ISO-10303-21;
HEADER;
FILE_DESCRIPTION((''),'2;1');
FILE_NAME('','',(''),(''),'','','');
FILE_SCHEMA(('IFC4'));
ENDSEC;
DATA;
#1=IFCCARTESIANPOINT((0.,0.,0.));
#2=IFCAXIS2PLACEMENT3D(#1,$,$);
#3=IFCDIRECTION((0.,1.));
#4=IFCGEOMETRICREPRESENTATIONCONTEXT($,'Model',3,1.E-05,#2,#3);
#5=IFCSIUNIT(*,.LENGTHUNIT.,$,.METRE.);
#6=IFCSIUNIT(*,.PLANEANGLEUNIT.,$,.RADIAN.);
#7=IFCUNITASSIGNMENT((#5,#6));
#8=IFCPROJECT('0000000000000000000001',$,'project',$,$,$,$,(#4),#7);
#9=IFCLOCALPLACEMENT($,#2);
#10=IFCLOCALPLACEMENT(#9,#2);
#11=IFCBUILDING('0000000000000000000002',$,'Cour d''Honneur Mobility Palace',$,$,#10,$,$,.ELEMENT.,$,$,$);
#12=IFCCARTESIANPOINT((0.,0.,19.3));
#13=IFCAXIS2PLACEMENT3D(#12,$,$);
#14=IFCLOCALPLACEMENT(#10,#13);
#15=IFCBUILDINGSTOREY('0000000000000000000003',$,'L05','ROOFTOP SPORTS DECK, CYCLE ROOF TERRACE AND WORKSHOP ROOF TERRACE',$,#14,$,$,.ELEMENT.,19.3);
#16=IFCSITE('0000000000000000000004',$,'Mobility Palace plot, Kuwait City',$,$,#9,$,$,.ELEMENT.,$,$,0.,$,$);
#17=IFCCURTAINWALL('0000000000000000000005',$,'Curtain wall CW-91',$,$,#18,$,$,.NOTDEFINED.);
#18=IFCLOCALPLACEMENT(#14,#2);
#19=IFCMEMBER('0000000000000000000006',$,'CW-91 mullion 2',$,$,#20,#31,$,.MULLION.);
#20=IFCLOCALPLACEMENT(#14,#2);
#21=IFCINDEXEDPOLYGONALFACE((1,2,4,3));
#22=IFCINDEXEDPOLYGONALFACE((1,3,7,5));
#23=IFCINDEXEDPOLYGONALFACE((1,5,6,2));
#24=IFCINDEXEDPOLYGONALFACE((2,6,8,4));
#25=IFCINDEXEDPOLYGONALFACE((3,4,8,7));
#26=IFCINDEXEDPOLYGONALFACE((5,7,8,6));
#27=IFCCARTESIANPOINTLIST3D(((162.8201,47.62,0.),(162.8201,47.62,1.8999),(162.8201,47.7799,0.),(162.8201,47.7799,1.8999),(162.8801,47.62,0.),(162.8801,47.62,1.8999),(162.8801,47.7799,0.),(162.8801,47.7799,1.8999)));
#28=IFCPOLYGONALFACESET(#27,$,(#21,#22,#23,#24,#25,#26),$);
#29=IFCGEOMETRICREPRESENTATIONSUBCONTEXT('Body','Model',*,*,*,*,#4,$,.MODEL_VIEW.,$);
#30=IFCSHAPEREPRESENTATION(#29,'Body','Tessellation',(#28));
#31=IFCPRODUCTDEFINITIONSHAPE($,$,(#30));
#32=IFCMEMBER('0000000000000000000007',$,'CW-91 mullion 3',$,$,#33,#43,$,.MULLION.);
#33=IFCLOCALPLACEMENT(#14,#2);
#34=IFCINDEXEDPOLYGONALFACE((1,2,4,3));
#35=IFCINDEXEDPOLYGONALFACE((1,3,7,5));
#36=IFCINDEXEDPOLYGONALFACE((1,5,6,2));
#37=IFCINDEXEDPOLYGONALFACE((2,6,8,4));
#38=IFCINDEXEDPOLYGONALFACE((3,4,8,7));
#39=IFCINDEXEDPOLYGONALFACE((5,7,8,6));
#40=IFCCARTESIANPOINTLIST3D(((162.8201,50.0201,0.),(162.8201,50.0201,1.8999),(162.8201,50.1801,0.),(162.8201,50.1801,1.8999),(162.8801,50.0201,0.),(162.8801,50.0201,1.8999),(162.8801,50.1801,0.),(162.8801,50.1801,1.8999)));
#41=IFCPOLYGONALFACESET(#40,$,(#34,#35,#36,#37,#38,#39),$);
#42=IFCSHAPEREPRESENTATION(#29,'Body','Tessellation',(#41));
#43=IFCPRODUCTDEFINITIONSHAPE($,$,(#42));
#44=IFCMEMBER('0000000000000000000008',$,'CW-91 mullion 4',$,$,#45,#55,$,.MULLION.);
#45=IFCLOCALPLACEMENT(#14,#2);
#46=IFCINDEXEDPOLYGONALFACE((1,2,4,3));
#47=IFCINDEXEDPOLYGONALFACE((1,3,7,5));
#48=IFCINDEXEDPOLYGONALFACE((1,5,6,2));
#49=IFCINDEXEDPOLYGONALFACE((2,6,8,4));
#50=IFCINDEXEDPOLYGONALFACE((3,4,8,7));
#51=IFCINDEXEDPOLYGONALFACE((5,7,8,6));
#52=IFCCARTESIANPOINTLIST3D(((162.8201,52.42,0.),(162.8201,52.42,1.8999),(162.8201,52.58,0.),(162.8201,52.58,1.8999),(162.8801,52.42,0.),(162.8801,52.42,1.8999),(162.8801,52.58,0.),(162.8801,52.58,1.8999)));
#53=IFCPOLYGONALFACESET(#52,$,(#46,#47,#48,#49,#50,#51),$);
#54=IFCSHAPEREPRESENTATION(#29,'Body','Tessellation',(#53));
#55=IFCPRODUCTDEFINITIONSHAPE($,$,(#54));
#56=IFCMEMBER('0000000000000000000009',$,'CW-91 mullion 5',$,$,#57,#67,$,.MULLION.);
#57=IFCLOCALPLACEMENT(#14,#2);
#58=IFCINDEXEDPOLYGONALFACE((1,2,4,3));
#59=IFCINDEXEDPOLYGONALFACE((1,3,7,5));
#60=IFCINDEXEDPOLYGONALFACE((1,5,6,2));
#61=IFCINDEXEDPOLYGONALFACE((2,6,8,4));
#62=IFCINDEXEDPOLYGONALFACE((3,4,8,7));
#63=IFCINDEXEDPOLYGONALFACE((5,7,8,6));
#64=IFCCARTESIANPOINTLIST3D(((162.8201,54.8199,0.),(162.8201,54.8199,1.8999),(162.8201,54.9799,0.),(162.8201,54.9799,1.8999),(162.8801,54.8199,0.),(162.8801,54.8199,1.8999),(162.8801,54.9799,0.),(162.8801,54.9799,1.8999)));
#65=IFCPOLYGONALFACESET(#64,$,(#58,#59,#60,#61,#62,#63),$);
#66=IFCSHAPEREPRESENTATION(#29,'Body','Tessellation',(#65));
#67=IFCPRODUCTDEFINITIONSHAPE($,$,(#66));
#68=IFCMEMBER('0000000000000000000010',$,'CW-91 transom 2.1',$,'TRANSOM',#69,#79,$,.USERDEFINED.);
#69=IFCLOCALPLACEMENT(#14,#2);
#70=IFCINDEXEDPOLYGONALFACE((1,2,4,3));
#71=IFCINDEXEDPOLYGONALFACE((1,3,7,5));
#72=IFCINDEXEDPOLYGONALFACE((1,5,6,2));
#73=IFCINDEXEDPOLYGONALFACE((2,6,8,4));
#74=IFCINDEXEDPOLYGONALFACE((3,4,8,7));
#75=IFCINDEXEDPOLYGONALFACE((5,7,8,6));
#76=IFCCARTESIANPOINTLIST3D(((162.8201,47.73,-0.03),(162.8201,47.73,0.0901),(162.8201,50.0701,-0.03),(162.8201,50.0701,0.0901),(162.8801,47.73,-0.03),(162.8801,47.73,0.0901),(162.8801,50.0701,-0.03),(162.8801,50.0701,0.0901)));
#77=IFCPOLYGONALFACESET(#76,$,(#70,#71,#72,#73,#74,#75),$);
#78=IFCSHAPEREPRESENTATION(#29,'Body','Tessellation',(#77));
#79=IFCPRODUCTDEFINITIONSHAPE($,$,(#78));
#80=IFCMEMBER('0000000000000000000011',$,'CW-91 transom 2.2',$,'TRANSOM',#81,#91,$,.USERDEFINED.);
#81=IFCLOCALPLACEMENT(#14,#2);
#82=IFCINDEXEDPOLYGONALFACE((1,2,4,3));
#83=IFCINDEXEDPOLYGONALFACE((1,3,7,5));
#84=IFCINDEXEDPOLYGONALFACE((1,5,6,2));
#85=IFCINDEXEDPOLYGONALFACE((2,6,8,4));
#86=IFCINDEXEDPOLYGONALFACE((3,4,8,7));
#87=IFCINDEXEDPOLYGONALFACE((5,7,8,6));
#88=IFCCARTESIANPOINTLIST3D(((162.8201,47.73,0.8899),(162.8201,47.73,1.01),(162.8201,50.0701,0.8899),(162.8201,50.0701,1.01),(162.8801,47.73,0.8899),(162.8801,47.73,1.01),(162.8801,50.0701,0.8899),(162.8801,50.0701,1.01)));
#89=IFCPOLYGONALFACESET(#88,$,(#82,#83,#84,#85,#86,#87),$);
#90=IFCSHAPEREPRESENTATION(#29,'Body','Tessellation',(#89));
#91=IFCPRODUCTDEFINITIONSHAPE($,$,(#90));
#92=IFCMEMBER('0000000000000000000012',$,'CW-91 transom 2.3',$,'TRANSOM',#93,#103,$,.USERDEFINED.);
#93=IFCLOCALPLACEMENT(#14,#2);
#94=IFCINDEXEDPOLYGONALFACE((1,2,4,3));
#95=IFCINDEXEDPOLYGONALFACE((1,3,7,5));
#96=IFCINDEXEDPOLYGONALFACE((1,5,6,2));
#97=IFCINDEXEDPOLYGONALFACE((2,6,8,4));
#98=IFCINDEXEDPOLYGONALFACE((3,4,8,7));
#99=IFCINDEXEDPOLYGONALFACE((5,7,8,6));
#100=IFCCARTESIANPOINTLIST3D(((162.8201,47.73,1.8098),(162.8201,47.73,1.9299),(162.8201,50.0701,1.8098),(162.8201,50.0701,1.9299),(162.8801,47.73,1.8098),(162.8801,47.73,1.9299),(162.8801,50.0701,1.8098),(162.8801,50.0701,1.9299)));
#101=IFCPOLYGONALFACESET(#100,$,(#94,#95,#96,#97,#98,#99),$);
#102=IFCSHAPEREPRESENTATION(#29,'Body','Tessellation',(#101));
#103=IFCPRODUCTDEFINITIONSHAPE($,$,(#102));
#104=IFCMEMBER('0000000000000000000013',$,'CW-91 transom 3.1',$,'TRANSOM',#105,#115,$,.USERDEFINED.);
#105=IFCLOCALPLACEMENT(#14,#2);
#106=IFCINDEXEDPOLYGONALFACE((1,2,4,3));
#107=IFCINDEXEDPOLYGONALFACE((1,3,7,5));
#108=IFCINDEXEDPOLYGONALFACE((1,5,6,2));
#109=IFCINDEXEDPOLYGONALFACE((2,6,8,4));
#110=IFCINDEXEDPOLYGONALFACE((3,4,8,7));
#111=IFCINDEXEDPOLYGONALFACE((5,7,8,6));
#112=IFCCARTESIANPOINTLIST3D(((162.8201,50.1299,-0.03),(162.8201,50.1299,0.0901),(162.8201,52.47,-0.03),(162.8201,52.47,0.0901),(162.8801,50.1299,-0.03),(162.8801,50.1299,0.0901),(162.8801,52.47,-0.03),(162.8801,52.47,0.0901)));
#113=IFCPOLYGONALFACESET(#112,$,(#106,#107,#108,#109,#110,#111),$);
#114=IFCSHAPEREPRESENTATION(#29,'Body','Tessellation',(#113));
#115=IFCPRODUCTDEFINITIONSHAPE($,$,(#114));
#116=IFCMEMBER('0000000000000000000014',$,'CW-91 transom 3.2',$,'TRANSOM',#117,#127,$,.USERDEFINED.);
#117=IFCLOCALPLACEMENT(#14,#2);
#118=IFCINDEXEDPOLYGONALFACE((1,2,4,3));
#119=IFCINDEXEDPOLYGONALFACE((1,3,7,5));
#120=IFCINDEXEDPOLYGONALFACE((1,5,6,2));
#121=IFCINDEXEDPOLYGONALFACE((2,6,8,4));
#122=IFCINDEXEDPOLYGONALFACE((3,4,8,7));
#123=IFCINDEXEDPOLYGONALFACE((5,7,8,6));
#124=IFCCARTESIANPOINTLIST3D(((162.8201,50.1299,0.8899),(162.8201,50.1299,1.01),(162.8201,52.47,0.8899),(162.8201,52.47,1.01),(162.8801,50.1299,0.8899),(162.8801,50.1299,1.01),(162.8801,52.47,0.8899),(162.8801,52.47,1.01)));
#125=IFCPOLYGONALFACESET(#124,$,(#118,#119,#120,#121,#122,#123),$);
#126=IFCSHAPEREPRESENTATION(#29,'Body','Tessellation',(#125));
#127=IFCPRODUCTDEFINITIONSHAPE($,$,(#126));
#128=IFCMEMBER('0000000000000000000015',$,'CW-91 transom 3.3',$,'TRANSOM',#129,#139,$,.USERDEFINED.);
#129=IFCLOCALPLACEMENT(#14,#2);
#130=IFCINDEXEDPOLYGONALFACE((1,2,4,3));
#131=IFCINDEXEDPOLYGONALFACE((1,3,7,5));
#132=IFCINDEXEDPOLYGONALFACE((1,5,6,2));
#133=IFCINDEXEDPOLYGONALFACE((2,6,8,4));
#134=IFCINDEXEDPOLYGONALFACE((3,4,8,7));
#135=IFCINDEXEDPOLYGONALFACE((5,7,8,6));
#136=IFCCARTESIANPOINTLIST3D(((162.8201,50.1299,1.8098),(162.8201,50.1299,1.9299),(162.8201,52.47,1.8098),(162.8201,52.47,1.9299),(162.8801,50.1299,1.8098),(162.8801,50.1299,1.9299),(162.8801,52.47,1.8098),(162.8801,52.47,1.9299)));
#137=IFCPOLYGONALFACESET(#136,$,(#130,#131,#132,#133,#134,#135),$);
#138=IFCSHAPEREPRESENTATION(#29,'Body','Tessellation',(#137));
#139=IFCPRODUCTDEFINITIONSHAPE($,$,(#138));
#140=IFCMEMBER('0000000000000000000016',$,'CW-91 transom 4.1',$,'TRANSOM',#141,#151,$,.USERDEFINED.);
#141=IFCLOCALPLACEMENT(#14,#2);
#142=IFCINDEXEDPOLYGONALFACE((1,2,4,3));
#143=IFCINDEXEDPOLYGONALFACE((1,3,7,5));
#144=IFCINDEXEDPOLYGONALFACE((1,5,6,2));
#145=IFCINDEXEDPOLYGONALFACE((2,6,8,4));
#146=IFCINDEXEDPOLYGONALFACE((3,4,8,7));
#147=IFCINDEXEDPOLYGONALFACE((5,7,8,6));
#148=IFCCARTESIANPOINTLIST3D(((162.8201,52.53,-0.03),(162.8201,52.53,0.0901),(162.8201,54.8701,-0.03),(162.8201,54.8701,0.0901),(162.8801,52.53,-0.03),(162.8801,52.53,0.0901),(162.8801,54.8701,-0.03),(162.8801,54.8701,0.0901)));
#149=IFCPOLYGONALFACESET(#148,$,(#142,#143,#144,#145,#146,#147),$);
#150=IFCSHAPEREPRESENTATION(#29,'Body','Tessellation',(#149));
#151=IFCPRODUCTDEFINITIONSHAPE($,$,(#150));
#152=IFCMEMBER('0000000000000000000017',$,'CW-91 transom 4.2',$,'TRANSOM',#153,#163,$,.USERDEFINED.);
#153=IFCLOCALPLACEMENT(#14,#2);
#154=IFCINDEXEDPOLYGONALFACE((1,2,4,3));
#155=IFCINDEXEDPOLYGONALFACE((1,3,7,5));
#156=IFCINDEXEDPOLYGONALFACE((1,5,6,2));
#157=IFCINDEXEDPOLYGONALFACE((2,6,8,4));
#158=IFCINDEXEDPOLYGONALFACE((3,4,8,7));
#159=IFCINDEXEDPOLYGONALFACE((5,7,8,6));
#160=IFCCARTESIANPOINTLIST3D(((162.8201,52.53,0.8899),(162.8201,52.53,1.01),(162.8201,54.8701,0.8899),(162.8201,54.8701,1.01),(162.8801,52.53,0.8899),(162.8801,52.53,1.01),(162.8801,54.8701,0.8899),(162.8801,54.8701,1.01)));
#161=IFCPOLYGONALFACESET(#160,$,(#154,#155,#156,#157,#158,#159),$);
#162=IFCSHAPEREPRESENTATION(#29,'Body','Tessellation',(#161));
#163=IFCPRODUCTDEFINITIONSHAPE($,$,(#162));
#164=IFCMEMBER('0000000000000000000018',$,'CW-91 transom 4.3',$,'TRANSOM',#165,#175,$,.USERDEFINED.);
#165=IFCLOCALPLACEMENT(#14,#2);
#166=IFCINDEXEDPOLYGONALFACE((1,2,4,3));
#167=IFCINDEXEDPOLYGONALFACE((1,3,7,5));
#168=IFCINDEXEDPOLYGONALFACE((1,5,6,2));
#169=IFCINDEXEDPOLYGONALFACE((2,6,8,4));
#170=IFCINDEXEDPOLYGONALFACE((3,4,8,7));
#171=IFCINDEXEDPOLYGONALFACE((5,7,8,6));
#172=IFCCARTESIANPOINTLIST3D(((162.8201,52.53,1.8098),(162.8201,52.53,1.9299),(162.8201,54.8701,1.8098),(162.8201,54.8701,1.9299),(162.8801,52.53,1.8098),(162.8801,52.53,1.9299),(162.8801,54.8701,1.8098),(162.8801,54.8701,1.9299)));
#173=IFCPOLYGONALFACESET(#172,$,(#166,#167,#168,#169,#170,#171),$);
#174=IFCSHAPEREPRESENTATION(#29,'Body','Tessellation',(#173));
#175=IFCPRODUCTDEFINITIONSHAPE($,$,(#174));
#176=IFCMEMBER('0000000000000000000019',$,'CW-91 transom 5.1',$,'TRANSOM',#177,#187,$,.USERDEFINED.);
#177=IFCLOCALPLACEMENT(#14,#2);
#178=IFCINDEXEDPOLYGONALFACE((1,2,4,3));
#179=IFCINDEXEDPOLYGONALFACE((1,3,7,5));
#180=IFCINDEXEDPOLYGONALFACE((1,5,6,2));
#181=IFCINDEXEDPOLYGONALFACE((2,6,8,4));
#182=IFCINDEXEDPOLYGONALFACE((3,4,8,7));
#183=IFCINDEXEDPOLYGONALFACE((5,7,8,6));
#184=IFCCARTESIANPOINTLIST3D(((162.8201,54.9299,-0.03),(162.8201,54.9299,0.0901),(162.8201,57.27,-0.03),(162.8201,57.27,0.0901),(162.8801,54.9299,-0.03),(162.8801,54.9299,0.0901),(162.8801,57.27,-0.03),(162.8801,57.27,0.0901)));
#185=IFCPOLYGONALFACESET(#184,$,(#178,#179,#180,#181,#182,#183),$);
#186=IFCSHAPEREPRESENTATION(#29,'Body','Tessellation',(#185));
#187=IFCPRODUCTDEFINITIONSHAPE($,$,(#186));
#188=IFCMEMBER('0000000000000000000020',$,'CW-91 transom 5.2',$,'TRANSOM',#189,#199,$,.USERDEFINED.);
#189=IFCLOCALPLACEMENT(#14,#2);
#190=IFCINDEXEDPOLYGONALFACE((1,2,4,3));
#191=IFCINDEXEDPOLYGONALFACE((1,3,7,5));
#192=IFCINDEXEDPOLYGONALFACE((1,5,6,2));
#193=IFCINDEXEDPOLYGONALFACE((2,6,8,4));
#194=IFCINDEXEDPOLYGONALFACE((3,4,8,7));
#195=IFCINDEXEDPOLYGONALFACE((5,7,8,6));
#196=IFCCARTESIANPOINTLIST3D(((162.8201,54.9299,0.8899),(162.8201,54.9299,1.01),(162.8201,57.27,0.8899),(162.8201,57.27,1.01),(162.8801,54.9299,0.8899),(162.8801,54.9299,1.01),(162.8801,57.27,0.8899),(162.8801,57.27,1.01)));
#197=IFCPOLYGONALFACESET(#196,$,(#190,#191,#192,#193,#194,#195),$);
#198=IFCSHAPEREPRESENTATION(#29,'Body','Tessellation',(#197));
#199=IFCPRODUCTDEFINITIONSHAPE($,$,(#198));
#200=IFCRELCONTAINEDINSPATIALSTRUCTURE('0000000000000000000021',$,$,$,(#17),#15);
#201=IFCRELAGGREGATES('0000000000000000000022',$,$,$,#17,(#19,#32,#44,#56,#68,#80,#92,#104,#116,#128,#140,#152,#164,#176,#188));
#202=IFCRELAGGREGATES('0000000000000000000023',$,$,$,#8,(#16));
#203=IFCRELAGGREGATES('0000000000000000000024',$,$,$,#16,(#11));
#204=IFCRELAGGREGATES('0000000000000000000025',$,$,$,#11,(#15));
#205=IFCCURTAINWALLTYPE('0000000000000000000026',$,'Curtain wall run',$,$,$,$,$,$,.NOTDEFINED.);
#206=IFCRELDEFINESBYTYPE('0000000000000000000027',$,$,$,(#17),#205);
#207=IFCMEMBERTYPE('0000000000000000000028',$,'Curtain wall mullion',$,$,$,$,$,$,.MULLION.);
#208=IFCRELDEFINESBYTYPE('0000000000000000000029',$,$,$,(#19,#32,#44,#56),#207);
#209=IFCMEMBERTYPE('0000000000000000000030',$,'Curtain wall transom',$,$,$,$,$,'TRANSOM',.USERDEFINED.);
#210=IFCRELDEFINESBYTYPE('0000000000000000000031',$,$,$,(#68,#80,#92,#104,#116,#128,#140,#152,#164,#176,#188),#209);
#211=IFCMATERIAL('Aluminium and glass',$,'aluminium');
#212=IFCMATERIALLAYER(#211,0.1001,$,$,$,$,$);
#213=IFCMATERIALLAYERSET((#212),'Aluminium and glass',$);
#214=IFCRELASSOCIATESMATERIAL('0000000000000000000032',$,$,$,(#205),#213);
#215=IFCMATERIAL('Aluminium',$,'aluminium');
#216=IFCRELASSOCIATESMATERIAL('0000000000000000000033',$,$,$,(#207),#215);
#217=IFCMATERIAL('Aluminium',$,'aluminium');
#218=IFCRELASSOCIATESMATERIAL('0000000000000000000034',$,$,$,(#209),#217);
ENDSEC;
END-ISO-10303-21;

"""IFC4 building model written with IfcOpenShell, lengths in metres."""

from ifc_helpers import new_model, si_unit, direction, frame, origin, origin_2d, place, context, subcontext, project, spatial, rectangle, extrude, material, layer, layer_set, material_profile, profile_set, type_object, element, aggregate, save


model = new_model("IFC4")

# Units and contexts
model_context = context("Model", 3, precision=1e-05, world=origin(), true_north=direction((0.0, 1.0)))
body_context = subcontext(model_context, "Body", "Model", "MODEL_VIEW")
ifc_project = project(units=[si_unit("LENGTHUNIT", "METRE"), si_unit("PLANEANGLEUNIT", "RADIAN")], contexts=[model_context])

# Site, building, storey
site_placement = place(None, origin())
site = spatial("IfcSite", under=ifc_project, at=site_placement, Name="Mobility Palace plot, Kuwait City", CompositionType="ELEMENT", RefElevation=0.0)
building_placement = place(site_placement, origin())
building = spatial("IfcBuilding", under=site, at=building_placement, Name="Cour d'Honneur Mobility Palace", CompositionType="ELEMENT")
storey_placement = place(building_placement, frame((0.0, 0.0, 19.3)))
storey = spatial("IfcBuildingStorey", under=building, at=storey_placement, Name="L05", Description="ROOFTOP SPORTS DECK, CYCLE ROOF TERRACE AND WORKSHOP ROOF TERRACE", CompositionType="ELEMENT", Elevation=19.3)

# Curtain wall, members
ifc_material_1 = material(Name="Aluminium and glass", Category="aluminium")
ifc_layer_1 = layer(ifc_material_1, 0.1001)
ifc_layer_set_1 = layer_set([ifc_layer_1], Name="Aluminium and glass")
curtain_wall_type = type_object("IfcCurtainWallType", Name="Curtain wall run", PredefinedType="NOTDEFINED", material=ifc_layer_set_1)
curtain_wall_placement = place(storey_placement, origin())
curtain_wall = element("IfcCurtainWall", 1, at=curtain_wall_placement, inside=storey, type_object=curtain_wall_type, Name="Curtain wall CW-91", PredefinedType="NOTDEFINED")
ifc_material_2 = material(Name="Aluminium", Category="aluminium")
ifc_material_profile_1 = material_profile(ifc_material_2, rectangle(XDim=0.0601, YDim=0.1599, at=origin_2d()), Name="Curtain wall mullion")
ifc_profile_set_1 = profile_set([ifc_material_profile_1], Name="Aluminium")
member_type_1 = type_object("IfcMemberType", Name="Curtain wall mullion", PredefinedType="MULLION", material=ifc_profile_set_1)
member_1_placement = place(storey_placement, frame((162.8501, 47.7, 0.0), z_axis=(0.0, 0.0, 1.0), x_axis=(-1.0, 0.0, 0.0)))
member_1 = element("IfcMember", 2, at=member_1_placement, type_object=member_type_1, Name="CW-91 mullion 2", PredefinedType="MULLION", context=body_context, shape_type="SweptSolid", body=[
    extrude(rectangle(XDim=0.0601, YDim=0.1599, at=origin_2d()), origin(), (0.0, 0.0, 1.0), 1.8999),
])
member_2_placement = place(storey_placement, frame((162.8501, 50.1001, 0.0), z_axis=(0.0, 0.0, 1.0), x_axis=(-1.0, 0.0, 0.0)))
member_2 = element("IfcMember", 3, at=member_2_placement, type_object=member_type_1, Name="CW-91 mullion 3", PredefinedType="MULLION", context=body_context, shape_type="SweptSolid", body=[
    extrude(rectangle(XDim=0.0601, YDim=0.1599, at=origin_2d()), origin(), (0.0, 0.0, 1.0), 1.8999),
])
member_3_placement = place(storey_placement, frame((162.8501, 52.5, 0.0), z_axis=(0.0, 0.0, 1.0), x_axis=(-1.0, 0.0, 0.0)))
member_3 = element("IfcMember", 4, at=member_3_placement, type_object=member_type_1, Name="CW-91 mullion 4", PredefinedType="MULLION", context=body_context, shape_type="SweptSolid", body=[
    extrude(rectangle(XDim=0.0601, YDim=0.1599, at=origin_2d()), origin(), (0.0, 0.0, 1.0), 1.8999),
])
member_4_placement = place(storey_placement, frame((162.8501, 54.8999, 0.0), z_axis=(0.0, 0.0, 1.0), x_axis=(-1.0, 0.0, 0.0)))
member_4 = element("IfcMember", 5, at=member_4_placement, type_object=member_type_1, Name="CW-91 mullion 5", PredefinedType="MULLION", context=body_context, shape_type="SweptSolid", body=[
    extrude(rectangle(XDim=0.0601, YDim=0.1599, at=origin_2d()), origin(), (0.0, 0.0, 1.0), 1.8999),
])
ifc_material_3 = material(Name="Aluminium", Category="aluminium")
ifc_material_profile_2 = material_profile(ifc_material_3, rectangle(XDim=0.0601, YDim=0.1201, at=origin_2d()), Name="Curtain wall transom")
ifc_profile_set_2 = profile_set([ifc_material_profile_2], Name="Aluminium")
member_type_2 = type_object("IfcMemberType", Name="Curtain wall transom", ElementType="TRANSOM", PredefinedType="USERDEFINED", material=ifc_profile_set_2)
member_5_placement = place(storey_placement, frame((162.8501, 47.73, 0.03), z_axis=(0.0, 1.0, 0.0), x_axis=(-1.0, 0.0, 0.0)))
member_5 = element("IfcMember", 6, at=member_5_placement, type_object=member_type_2, Name="CW-91 transom 2.1", ObjectType="TRANSOM", PredefinedType="USERDEFINED", context=body_context, shape_type="SweptSolid", body=[
    extrude(rectangle(XDim=0.0601, YDim=0.1201, at=origin_2d()), origin(), (0.0, 0.0, 1.0), 2.3401),
])
member_6_placement = place(storey_placement, frame((162.8501, 47.73, 0.95), z_axis=(0.0, 1.0, 0.0), x_axis=(-1.0, 0.0, 0.0)))
member_6 = element("IfcMember", 7, at=member_6_placement, type_object=member_type_2, Name="CW-91 transom 2.2", ObjectType="TRANSOM", PredefinedType="USERDEFINED", context=body_context, shape_type="SweptSolid", body=[
    extrude(rectangle(XDim=0.0601, YDim=0.1201, at=origin_2d()), origin(), (0.0, 0.0, 1.0), 2.3401),
])
member_7_placement = place(storey_placement, frame((162.8501, 47.73, 1.8699), z_axis=(0.0, 1.0, 0.0), x_axis=(-1.0, 0.0, 0.0)))
member_7 = element("IfcMember", 8, at=member_7_placement, type_object=member_type_2, Name="CW-91 transom 2.3", ObjectType="TRANSOM", PredefinedType="USERDEFINED", context=body_context, shape_type="SweptSolid", body=[
    extrude(rectangle(XDim=0.0601, YDim=0.1201, at=origin_2d()), origin(), (0.0, 0.0, 1.0), 2.3401),
])
member_8_placement = place(storey_placement, frame((162.8501, 50.1299, 0.03), z_axis=(0.0, 1.0, 0.0), x_axis=(-1.0, 0.0, 0.0)))
member_8 = element("IfcMember", 9, at=member_8_placement, type_object=member_type_2, Name="CW-91 transom 3.1", ObjectType="TRANSOM", PredefinedType="USERDEFINED", context=body_context, shape_type="SweptSolid", body=[
    extrude(rectangle(XDim=0.0601, YDim=0.1201, at=origin_2d()), origin(), (0.0, 0.0, 1.0), 2.3401),
])
member_9_placement = place(storey_placement, frame((162.8501, 50.1299, 0.95), z_axis=(0.0, 1.0, 0.0), x_axis=(-1.0, 0.0, 0.0)))
member_9 = element("IfcMember", 10, at=member_9_placement, type_object=member_type_2, Name="CW-91 transom 3.2", ObjectType="TRANSOM", PredefinedType="USERDEFINED", context=body_context, shape_type="SweptSolid", body=[
    extrude(rectangle(XDim=0.0601, YDim=0.1201, at=origin_2d()), origin(), (0.0, 0.0, 1.0), 2.3401),
])
member_10_placement = place(storey_placement, frame((162.8501, 50.1299, 1.8699), z_axis=(0.0, 1.0, 0.0), x_axis=(-1.0, 0.0, 0.0)))
member_10 = element("IfcMember", 11, at=member_10_placement, type_object=member_type_2, Name="CW-91 transom 3.3", ObjectType="TRANSOM", PredefinedType="USERDEFINED", context=body_context, shape_type="SweptSolid", body=[
    extrude(rectangle(XDim=0.0601, YDim=0.1201, at=origin_2d()), origin(), (0.0, 0.0, 1.0), 2.3401),
])
member_11_placement = place(storey_placement, frame((162.8501, 52.53, 0.03), z_axis=(0.0, 1.0, 0.0), x_axis=(-1.0, 0.0, 0.0)))
member_11 = element("IfcMember", 12, at=member_11_placement, type_object=member_type_2, Name="CW-91 transom 4.1", ObjectType="TRANSOM", PredefinedType="USERDEFINED", context=body_context, shape_type="SweptSolid", body=[
    extrude(rectangle(XDim=0.0601, YDim=0.1201, at=origin_2d()), origin(), (0.0, 0.0, 1.0), 2.3401),
])
member_12_placement = place(storey_placement, frame((162.8501, 52.53, 0.95), z_axis=(0.0, 1.0, 0.0), x_axis=(-1.0, 0.0, 0.0)))
member_12 = element("IfcMember", 13, at=member_12_placement, type_object=member_type_2, Name="CW-91 transom 4.2", ObjectType="TRANSOM", PredefinedType="USERDEFINED", context=body_context, shape_type="SweptSolid", body=[
    extrude(rectangle(XDim=0.0601, YDim=0.1201, at=origin_2d()), origin(), (0.0, 0.0, 1.0), 2.3401),
])
member_13_placement = place(storey_placement, frame((162.8501, 52.53, 1.8699), z_axis=(0.0, 1.0, 0.0), x_axis=(-1.0, 0.0, 0.0)))
member_13 = element("IfcMember", 14, at=member_13_placement, type_object=member_type_2, Name="CW-91 transom 4.3", ObjectType="TRANSOM", PredefinedType="USERDEFINED", context=body_context, shape_type="SweptSolid", body=[
    extrude(rectangle(XDim=0.0601, YDim=0.1201, at=origin_2d()), origin(), (0.0, 0.0, 1.0), 2.3401),
])
member_14_placement = place(storey_placement, frame((162.8501, 54.9299, 0.03), z_axis=(0.0, 1.0, 0.0), x_axis=(-1.0, 0.0, 0.0)))
member_14 = element("IfcMember", 15, at=member_14_placement, type_object=member_type_2, Name="CW-91 transom 5.1", ObjectType="TRANSOM", PredefinedType="USERDEFINED", context=body_context, shape_type="SweptSolid", body=[
    extrude(rectangle(XDim=0.0601, YDim=0.1201, at=origin_2d()), origin(), (0.0, 0.0, 1.0), 2.3401),
])
member_15_placement = place(storey_placement, frame((162.8501, 54.9299, 0.95), z_axis=(0.0, 1.0, 0.0), x_axis=(-1.0, 0.0, 0.0)))
member_15 = element("IfcMember", 16, at=member_15_placement, type_object=member_type_2, Name="CW-91 transom 5.2", ObjectType="TRANSOM", PredefinedType="USERDEFINED", context=body_context, shape_type="SweptSolid", body=[
    extrude(rectangle(XDim=0.0601, YDim=0.1201, at=origin_2d()), origin(), (0.0, 0.0, 1.0), 2.3401),
])
aggregate(curtain_wall, [member_1, member_2, member_3, member_4, member_5, member_6, member_7, member_8, member_9, member_10, member_11, member_12, member_13, member_14, member_15])

save(model, "model.ifc")
